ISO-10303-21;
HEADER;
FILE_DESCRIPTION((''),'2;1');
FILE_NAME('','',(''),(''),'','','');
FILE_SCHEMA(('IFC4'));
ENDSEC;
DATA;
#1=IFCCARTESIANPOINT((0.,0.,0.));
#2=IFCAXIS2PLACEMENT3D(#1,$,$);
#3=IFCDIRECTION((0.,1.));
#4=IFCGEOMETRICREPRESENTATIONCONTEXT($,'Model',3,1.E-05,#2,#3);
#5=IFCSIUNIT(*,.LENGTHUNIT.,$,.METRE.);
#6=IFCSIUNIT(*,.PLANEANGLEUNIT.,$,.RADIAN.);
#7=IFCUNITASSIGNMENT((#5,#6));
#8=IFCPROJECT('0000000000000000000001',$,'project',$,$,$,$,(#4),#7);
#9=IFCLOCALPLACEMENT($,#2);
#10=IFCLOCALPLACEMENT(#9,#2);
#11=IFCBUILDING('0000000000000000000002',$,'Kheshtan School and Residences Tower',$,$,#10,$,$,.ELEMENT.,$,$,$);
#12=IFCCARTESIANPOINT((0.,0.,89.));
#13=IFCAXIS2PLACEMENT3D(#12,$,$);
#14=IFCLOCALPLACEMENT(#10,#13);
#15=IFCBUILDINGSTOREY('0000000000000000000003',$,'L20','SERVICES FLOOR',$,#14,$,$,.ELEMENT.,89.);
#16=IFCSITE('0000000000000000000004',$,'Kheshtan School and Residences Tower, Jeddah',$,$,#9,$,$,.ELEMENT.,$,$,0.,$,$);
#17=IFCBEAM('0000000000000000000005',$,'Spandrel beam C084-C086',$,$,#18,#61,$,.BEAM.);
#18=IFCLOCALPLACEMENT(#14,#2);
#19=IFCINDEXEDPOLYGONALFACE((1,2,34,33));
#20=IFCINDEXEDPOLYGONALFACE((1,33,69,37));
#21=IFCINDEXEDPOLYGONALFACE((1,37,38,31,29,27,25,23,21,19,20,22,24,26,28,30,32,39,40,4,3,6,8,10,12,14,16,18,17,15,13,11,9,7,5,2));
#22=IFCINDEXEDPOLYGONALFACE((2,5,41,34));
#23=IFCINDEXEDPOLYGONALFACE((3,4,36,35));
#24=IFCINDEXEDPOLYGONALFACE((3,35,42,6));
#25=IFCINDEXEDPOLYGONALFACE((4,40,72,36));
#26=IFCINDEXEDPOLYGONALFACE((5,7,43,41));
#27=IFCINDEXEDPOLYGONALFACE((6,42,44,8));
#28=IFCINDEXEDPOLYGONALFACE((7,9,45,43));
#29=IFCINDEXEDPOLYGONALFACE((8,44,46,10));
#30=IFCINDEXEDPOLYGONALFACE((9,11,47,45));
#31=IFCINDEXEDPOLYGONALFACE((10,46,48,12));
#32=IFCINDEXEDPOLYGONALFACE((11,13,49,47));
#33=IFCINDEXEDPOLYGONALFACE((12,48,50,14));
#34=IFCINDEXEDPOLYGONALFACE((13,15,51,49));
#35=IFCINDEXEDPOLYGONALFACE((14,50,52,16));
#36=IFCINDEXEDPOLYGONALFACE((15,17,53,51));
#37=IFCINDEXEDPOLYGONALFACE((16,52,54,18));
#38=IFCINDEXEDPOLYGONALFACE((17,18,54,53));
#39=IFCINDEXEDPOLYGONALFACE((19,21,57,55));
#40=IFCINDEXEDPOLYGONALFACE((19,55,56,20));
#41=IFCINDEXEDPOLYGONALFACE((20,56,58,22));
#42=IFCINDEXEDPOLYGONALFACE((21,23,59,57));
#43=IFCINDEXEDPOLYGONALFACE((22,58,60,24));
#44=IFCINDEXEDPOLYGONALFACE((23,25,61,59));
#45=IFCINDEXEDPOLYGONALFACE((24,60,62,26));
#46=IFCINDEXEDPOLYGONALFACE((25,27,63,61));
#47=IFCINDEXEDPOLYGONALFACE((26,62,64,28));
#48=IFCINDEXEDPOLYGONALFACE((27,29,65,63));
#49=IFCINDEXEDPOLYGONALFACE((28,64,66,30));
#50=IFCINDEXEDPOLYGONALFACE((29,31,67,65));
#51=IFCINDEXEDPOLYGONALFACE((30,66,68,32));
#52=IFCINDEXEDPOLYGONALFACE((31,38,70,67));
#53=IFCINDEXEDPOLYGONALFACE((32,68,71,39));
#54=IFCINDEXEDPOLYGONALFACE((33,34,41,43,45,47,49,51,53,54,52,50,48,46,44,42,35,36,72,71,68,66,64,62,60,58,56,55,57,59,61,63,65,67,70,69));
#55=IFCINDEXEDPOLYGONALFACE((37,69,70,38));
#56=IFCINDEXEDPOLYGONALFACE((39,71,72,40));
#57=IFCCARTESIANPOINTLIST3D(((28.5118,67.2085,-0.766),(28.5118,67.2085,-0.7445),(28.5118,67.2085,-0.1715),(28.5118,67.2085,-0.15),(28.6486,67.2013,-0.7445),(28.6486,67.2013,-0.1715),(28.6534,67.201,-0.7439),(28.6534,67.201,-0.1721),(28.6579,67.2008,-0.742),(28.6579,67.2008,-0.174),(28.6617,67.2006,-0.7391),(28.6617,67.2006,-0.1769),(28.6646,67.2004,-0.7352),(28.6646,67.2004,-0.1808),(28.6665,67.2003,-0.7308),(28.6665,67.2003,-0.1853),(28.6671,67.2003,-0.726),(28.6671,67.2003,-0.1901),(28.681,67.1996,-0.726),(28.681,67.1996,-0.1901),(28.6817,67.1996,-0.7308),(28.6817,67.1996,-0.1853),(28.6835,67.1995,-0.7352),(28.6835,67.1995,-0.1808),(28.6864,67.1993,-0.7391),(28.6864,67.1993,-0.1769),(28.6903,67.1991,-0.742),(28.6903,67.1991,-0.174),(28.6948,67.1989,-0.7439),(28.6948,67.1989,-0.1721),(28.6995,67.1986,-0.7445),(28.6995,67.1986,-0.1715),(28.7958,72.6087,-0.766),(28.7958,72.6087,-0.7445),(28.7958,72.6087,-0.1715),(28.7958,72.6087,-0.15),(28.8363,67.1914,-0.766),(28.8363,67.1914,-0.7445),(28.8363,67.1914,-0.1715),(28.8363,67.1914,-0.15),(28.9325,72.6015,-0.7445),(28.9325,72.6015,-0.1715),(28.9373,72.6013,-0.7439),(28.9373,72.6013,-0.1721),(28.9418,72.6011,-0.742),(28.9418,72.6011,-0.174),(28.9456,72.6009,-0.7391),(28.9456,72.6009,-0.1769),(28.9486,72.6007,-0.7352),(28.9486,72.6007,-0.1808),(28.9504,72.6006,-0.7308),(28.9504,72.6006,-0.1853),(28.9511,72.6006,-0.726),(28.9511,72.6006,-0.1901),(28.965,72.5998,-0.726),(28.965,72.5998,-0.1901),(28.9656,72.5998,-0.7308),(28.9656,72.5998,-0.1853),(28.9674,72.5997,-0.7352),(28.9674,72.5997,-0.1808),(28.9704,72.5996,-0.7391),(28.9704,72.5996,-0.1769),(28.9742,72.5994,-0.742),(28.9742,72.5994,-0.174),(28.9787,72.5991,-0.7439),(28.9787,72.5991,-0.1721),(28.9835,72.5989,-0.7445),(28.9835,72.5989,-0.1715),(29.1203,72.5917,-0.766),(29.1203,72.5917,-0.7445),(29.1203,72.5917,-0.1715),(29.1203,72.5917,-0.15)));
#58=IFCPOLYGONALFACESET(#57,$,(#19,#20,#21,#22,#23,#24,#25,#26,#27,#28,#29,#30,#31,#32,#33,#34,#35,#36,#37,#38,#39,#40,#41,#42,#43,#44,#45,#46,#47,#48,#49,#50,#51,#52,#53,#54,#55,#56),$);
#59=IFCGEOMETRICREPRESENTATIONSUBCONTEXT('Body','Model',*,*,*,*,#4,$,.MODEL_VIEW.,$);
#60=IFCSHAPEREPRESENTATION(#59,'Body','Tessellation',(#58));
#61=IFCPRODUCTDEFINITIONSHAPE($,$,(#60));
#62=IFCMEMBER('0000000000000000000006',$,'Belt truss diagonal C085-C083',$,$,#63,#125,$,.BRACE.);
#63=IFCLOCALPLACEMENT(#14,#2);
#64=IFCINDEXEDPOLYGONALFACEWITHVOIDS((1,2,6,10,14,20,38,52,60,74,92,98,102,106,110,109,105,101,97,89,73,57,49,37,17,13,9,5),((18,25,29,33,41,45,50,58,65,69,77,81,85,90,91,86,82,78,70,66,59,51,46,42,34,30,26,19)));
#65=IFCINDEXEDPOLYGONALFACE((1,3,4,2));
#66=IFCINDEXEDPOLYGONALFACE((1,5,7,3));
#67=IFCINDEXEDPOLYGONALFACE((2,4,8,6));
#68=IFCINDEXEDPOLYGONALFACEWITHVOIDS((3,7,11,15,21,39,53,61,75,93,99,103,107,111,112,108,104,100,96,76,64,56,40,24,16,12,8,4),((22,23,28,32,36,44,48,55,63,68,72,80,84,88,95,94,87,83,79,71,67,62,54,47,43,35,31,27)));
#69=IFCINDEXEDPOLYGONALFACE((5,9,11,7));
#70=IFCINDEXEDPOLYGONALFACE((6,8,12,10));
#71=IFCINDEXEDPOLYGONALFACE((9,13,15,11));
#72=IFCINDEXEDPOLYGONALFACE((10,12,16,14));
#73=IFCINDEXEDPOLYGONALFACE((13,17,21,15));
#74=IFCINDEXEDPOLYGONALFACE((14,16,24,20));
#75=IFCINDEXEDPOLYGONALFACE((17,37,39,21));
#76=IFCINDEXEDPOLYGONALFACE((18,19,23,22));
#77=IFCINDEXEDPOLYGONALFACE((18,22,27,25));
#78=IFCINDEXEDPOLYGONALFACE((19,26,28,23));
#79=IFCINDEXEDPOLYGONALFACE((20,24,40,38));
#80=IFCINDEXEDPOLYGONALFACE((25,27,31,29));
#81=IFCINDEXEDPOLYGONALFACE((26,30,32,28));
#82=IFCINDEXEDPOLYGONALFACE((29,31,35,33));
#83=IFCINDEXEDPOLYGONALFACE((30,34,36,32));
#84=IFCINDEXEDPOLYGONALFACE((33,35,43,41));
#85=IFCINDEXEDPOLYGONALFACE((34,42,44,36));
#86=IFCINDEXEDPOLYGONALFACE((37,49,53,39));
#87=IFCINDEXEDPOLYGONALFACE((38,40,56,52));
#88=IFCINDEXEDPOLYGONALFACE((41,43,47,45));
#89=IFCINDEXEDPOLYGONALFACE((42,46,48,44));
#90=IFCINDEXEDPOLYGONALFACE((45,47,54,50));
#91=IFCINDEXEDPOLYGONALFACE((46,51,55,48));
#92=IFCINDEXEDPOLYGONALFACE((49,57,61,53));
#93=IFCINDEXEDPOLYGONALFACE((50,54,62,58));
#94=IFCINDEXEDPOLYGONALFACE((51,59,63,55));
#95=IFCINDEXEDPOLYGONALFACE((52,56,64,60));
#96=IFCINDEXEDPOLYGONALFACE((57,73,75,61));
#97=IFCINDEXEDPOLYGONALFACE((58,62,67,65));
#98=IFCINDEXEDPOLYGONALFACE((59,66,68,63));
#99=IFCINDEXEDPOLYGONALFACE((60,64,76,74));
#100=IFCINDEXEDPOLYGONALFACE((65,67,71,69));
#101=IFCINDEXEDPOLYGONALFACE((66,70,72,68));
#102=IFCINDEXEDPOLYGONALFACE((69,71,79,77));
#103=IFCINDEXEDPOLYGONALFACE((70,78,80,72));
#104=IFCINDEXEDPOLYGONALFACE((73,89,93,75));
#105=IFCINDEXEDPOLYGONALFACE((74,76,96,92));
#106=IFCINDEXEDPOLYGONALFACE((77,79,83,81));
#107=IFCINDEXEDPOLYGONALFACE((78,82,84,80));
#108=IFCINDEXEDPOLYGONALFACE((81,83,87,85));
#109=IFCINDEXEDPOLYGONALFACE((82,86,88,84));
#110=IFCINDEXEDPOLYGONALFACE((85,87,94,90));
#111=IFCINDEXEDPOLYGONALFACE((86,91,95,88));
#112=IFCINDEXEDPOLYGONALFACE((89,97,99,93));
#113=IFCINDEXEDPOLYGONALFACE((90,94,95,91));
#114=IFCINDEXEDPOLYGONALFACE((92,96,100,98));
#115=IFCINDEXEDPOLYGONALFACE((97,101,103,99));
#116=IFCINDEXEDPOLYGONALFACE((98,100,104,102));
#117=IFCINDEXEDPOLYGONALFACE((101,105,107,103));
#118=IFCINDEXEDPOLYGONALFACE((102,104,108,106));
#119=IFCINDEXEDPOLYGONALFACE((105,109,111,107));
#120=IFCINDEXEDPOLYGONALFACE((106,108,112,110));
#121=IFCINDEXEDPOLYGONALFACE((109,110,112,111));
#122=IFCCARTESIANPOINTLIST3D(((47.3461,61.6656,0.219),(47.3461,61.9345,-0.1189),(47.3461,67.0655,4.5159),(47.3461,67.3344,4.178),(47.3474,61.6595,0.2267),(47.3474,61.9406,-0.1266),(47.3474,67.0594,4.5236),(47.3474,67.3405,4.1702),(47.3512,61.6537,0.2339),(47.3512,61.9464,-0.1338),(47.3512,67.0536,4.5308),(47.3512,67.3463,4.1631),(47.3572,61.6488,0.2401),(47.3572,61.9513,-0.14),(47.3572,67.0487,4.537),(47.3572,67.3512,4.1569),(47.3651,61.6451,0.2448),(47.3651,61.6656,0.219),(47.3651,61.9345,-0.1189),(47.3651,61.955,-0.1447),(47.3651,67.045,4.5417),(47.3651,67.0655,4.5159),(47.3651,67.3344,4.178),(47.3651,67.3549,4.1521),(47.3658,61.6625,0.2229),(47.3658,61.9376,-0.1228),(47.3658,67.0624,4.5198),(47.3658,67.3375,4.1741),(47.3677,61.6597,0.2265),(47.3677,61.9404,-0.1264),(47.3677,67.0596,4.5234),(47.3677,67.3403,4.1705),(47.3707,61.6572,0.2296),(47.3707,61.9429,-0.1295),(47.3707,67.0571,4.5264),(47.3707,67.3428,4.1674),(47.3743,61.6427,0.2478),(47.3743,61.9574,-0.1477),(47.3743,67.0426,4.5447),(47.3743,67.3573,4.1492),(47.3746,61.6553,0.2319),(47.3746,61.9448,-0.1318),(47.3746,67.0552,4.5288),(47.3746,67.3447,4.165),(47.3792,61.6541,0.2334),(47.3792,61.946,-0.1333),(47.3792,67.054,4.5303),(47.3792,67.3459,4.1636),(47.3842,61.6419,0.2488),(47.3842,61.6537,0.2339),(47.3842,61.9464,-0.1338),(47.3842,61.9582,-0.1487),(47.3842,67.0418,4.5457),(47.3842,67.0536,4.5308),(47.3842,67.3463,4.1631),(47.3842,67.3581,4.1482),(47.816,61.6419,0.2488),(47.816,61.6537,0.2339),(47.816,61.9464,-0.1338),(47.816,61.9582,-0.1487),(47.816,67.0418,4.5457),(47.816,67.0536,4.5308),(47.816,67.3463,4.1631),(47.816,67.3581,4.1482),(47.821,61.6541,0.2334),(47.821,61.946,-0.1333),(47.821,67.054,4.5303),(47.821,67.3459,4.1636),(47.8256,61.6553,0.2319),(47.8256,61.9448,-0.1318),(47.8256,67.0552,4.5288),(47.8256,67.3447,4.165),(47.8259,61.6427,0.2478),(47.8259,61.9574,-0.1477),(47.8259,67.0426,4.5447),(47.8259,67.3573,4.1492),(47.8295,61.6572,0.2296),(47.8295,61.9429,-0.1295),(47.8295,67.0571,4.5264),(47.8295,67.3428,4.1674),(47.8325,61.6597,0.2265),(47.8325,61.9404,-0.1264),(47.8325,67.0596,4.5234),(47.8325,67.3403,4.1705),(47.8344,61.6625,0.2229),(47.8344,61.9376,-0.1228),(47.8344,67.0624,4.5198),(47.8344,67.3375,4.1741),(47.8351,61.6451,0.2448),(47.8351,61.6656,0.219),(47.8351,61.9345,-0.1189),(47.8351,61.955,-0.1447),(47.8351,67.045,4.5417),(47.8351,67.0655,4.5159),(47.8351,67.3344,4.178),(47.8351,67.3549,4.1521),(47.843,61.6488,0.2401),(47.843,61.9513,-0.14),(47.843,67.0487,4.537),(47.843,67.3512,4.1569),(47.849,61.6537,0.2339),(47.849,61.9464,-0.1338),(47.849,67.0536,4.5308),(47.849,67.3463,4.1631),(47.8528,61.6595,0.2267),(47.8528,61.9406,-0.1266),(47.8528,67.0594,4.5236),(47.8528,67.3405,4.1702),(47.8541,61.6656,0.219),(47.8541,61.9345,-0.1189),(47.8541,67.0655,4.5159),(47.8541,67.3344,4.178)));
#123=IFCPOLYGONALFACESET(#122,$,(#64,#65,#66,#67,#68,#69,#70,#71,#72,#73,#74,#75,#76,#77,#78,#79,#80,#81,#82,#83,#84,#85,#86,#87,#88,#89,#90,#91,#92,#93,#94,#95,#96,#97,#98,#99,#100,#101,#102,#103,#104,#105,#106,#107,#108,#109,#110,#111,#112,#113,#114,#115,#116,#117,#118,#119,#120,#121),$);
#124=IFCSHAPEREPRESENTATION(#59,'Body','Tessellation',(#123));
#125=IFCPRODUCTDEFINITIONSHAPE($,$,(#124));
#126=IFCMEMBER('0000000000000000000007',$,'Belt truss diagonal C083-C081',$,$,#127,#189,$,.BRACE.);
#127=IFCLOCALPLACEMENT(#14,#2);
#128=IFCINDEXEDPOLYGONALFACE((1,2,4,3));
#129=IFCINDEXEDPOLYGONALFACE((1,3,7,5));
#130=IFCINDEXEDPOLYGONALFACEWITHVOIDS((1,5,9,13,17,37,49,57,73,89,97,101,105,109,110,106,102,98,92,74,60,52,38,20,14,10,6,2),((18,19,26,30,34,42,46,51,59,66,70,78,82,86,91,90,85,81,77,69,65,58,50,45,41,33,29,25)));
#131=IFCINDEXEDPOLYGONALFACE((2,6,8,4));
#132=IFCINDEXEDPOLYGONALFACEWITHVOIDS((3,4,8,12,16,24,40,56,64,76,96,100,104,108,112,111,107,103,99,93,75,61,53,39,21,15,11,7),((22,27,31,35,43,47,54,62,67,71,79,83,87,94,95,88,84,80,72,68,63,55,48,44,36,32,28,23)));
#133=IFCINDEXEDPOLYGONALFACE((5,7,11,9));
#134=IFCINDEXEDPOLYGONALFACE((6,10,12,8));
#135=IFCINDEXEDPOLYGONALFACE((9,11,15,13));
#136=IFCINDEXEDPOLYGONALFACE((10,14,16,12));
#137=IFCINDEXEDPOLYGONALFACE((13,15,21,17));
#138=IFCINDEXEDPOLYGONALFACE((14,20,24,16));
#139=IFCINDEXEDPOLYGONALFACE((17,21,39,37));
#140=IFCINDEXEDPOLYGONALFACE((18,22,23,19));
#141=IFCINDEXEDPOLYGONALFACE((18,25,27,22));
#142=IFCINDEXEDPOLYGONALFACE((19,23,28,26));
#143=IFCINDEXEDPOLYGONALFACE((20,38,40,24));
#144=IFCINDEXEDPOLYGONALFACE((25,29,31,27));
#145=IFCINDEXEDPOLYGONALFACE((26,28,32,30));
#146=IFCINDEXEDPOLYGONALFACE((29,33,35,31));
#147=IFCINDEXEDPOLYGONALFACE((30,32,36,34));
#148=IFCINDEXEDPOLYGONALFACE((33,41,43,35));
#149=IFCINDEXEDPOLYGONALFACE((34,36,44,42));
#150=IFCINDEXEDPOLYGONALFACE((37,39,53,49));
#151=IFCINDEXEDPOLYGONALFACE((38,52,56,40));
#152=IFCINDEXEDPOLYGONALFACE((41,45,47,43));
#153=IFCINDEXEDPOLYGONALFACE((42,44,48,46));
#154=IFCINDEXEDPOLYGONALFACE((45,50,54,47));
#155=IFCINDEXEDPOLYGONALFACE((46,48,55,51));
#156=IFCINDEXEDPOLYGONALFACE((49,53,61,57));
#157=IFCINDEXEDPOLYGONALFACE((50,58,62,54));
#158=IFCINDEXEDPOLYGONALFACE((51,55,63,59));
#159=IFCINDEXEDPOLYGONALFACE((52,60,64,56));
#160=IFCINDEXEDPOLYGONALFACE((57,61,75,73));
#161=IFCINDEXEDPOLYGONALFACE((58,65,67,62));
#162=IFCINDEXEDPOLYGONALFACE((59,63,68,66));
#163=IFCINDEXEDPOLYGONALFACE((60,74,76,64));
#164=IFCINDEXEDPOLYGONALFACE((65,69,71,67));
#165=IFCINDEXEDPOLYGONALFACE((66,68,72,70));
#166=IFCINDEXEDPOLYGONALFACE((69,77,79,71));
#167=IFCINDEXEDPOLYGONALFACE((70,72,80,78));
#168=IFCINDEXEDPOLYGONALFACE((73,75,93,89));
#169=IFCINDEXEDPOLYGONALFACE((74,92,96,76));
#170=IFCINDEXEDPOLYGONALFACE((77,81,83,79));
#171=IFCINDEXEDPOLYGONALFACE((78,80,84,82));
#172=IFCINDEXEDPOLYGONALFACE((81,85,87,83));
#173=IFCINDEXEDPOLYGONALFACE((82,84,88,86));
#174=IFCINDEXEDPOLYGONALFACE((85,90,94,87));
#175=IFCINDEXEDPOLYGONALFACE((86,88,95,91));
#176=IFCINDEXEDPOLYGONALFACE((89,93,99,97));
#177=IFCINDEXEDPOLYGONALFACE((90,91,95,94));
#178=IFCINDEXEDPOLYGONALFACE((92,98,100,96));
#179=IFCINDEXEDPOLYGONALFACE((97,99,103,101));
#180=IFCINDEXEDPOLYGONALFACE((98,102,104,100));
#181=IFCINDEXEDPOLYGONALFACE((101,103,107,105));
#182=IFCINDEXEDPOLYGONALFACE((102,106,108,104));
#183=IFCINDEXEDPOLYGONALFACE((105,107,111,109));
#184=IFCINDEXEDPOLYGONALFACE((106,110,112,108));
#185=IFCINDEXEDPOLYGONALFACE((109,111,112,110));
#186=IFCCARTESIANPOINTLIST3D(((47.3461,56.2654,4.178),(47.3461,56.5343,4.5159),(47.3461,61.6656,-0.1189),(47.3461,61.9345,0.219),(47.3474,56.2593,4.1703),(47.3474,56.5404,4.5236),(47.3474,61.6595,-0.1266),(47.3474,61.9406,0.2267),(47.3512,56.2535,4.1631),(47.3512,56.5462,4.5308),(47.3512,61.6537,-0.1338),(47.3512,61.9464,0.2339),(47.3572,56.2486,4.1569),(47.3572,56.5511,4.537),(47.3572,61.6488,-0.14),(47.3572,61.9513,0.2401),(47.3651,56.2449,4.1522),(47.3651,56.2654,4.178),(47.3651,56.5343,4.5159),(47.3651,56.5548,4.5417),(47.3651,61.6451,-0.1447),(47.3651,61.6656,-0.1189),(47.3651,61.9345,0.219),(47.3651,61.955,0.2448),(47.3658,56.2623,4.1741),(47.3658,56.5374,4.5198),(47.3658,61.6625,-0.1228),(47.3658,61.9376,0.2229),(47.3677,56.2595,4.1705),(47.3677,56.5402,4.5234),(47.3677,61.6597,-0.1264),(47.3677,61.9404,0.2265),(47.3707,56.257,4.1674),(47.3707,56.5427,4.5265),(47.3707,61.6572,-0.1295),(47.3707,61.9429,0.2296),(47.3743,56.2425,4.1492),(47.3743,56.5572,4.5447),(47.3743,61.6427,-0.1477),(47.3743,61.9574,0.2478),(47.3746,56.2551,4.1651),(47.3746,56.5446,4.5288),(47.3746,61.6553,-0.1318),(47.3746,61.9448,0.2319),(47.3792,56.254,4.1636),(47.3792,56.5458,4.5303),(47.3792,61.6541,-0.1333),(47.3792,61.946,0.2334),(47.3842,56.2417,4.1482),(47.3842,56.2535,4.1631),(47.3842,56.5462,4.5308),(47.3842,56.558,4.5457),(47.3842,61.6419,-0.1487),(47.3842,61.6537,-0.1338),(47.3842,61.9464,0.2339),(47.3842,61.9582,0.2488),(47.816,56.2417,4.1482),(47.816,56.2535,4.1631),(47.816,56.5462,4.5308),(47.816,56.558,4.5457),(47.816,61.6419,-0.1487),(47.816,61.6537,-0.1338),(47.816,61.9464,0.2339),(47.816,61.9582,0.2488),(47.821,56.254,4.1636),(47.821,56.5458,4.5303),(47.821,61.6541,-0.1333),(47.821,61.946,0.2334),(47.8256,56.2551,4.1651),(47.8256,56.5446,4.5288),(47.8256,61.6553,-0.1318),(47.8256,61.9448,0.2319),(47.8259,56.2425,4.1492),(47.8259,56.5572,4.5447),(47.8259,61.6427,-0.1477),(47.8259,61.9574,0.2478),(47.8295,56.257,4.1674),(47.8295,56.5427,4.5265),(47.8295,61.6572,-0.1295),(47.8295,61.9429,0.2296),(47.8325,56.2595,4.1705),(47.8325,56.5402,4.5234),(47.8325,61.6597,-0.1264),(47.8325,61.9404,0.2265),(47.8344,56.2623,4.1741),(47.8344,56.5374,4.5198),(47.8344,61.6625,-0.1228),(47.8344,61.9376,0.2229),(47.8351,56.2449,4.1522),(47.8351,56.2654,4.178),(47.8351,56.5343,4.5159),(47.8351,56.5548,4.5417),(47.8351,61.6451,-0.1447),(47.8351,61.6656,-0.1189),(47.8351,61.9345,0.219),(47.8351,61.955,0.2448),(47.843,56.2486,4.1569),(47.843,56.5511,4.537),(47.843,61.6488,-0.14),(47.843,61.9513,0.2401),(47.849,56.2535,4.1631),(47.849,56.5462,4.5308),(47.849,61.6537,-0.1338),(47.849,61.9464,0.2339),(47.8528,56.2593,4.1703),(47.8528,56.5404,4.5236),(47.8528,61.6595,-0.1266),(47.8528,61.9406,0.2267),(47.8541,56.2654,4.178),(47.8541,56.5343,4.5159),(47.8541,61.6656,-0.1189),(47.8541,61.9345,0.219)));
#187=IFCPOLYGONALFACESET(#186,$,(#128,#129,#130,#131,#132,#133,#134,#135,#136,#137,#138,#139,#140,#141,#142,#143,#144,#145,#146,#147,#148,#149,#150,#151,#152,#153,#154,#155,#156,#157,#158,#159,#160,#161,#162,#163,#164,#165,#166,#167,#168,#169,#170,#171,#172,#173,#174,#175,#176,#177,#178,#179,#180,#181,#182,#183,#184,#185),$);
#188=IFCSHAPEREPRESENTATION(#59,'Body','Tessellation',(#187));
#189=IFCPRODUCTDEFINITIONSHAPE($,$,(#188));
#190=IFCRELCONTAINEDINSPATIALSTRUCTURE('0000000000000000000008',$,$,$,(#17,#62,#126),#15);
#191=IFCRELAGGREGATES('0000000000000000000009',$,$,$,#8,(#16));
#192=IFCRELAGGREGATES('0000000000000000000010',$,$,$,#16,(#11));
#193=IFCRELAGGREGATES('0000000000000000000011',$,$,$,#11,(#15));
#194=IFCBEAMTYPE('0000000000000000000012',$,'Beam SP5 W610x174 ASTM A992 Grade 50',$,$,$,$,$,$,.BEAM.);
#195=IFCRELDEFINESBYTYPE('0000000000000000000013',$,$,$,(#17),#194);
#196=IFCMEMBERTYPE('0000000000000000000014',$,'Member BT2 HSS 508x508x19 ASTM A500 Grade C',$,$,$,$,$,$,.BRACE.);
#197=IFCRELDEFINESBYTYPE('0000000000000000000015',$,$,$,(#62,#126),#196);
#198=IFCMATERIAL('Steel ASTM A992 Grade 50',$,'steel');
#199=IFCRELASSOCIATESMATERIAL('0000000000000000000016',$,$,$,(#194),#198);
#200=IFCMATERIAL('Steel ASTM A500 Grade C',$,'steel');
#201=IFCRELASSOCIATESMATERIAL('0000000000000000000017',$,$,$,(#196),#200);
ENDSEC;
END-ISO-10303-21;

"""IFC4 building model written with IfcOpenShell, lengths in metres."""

from ifc_helpers import new_model, si_unit, direction, frame, origin, origin_2d, place, context, subcontext, project, spatial, hollow_rectangle, i_section, extrude, material, material_profile, profile_set, type_object, element, save


model = new_model("IFC4")

# Units and contexts
model_context = context("Model", 3, precision=1e-05, world=origin(), true_north=direction((0.0, 1.0)))
body_context = subcontext(model_context, "Body", "Model", "MODEL_VIEW")
ifc_project = project(units=[si_unit("LENGTHUNIT", "METRE"), si_unit("PLANEANGLEUNIT", "RADIAN")], contexts=[model_context])

# Site, building, storey
site_placement = place(None, origin())
site = spatial("IfcSite", under=ifc_project, at=site_placement, Name="Kheshtan School and Residences Tower, Jeddah", CompositionType="ELEMENT", RefElevation=0.0)
building_placement = place(site_placement, origin())
building = spatial("IfcBuilding", under=site, at=building_placement, Name="Kheshtan School and Residences Tower", CompositionType="ELEMENT")
storey_placement = place(building_placement, frame((0.0, 0.0, 89.0)))
storey = spatial("IfcBuildingStorey", under=building, at=storey_placement, Name="L20", Description="SERVICES FLOOR", CompositionType="ELEMENT", Elevation=89.0)

# Shared definitions
ifc_material_1 = material(Name="Steel ASTM A992 Grade 50", Category="steel")

# Beam
ifc_material_profile_1 = material_profile(ifc_material_1, i_section(OverallWidth=0.325, OverallDepth=0.616, WebThickness=0.0139, FlangeThickness=0.0215, FilletRadius=0.0186, at=origin_2d()), Name="W610x174")
ifc_profile_set_1 = profile_set([ifc_material_profile_1], Name="Steel ASTM A992 Grade 50")
beam_type_1 = type_object("IfcBeamType", Name="Beam SP5 W610x174 ASTM A992 Grade 50", PredefinedType="BEAM", material=ifc_profile_set_1)
beam_1_placement = place(storey_placement, frame((28.6741, 67.2, -0.458), z_axis=(0.052507, 0.998621, 0.0), x_axis=(-0.998621, 0.052507, 0.0)))
element("IfcBeam", 1, at=beam_1_placement, inside=storey, type_object=beam_type_1, Name="Spandrel beam C084-C086", PredefinedType="BEAM", context=body_context, shape_type="SweptSolid", body=[
    extrude(i_section(OverallWidth=0.325, OverallDepth=0.616, WebThickness=0.0139, FlangeThickness=0.0215, FilletRadius=0.0186, at=origin_2d()), origin(), (0.0, 0.0, 1.0), 5.4077),
])

# Members
ifc_material_2 = material(Name="Steel ASTM A500 Grade C", Category="steel")
ifc_material_profile_2 = material_profile(ifc_material_2, hollow_rectangle(XDim=0.5081, YDim=0.5081, WallThickness=0.019, InnerFilletRadius=0.019, OuterFilletRadius=0.0381, at=origin_2d()), Name="HSS 508x508x19")
ifc_profile_set_2 = profile_set([ifc_material_profile_2], Name="Steel ASTM A500 Grade C")
member_type = type_object("IfcMemberType", Name="Member BT2 HSS 508x508x19 ASTM A500 Grade C", PredefinedType="BRACE", material=ifc_profile_set_2)
member_1_placement = place(storey_placement, frame((47.6001, 61.8, 0.05), z_axis=(0.0, 0.782495, 0.622657), x_axis=(-1.0, 0.0, 0.0)))
element("IfcMember", 2, at=member_1_placement, inside=storey, type_object=member_type, Name="Belt truss diagonal C085-C083", PredefinedType="BRACE", context=body_context, shape_type="SweptSolid", body=[
    extrude(hollow_rectangle(XDim=0.5081, YDim=0.5081, WallThickness=0.019, InnerFilletRadius=0.019, OuterFilletRadius=0.0381, at=origin_2d()), origin(), (0.0, 0.0, 1.0), 6.9009),
])
member_2_placement = place(storey_placement, frame((47.6001, 61.8, 0.05), z_axis=(0.0, -0.782509, 0.622639), x_axis=(1.0, 0.0, 0.0)))
element("IfcMember", 3, at=member_2_placement, inside=storey, type_object=member_type, Name="Belt truss diagonal C083-C081", PredefinedType="BRACE", context=body_context, shape_type="SweptSolid", body=[
    extrude(hollow_rectangle(XDim=0.5081, YDim=0.5081, WallThickness=0.019, InnerFilletRadius=0.019, OuterFilletRadius=0.0381, at=origin_2d()), origin(), (0.0, 0.0, 1.0), 6.9011),
])

save(model, "model.ifc")
